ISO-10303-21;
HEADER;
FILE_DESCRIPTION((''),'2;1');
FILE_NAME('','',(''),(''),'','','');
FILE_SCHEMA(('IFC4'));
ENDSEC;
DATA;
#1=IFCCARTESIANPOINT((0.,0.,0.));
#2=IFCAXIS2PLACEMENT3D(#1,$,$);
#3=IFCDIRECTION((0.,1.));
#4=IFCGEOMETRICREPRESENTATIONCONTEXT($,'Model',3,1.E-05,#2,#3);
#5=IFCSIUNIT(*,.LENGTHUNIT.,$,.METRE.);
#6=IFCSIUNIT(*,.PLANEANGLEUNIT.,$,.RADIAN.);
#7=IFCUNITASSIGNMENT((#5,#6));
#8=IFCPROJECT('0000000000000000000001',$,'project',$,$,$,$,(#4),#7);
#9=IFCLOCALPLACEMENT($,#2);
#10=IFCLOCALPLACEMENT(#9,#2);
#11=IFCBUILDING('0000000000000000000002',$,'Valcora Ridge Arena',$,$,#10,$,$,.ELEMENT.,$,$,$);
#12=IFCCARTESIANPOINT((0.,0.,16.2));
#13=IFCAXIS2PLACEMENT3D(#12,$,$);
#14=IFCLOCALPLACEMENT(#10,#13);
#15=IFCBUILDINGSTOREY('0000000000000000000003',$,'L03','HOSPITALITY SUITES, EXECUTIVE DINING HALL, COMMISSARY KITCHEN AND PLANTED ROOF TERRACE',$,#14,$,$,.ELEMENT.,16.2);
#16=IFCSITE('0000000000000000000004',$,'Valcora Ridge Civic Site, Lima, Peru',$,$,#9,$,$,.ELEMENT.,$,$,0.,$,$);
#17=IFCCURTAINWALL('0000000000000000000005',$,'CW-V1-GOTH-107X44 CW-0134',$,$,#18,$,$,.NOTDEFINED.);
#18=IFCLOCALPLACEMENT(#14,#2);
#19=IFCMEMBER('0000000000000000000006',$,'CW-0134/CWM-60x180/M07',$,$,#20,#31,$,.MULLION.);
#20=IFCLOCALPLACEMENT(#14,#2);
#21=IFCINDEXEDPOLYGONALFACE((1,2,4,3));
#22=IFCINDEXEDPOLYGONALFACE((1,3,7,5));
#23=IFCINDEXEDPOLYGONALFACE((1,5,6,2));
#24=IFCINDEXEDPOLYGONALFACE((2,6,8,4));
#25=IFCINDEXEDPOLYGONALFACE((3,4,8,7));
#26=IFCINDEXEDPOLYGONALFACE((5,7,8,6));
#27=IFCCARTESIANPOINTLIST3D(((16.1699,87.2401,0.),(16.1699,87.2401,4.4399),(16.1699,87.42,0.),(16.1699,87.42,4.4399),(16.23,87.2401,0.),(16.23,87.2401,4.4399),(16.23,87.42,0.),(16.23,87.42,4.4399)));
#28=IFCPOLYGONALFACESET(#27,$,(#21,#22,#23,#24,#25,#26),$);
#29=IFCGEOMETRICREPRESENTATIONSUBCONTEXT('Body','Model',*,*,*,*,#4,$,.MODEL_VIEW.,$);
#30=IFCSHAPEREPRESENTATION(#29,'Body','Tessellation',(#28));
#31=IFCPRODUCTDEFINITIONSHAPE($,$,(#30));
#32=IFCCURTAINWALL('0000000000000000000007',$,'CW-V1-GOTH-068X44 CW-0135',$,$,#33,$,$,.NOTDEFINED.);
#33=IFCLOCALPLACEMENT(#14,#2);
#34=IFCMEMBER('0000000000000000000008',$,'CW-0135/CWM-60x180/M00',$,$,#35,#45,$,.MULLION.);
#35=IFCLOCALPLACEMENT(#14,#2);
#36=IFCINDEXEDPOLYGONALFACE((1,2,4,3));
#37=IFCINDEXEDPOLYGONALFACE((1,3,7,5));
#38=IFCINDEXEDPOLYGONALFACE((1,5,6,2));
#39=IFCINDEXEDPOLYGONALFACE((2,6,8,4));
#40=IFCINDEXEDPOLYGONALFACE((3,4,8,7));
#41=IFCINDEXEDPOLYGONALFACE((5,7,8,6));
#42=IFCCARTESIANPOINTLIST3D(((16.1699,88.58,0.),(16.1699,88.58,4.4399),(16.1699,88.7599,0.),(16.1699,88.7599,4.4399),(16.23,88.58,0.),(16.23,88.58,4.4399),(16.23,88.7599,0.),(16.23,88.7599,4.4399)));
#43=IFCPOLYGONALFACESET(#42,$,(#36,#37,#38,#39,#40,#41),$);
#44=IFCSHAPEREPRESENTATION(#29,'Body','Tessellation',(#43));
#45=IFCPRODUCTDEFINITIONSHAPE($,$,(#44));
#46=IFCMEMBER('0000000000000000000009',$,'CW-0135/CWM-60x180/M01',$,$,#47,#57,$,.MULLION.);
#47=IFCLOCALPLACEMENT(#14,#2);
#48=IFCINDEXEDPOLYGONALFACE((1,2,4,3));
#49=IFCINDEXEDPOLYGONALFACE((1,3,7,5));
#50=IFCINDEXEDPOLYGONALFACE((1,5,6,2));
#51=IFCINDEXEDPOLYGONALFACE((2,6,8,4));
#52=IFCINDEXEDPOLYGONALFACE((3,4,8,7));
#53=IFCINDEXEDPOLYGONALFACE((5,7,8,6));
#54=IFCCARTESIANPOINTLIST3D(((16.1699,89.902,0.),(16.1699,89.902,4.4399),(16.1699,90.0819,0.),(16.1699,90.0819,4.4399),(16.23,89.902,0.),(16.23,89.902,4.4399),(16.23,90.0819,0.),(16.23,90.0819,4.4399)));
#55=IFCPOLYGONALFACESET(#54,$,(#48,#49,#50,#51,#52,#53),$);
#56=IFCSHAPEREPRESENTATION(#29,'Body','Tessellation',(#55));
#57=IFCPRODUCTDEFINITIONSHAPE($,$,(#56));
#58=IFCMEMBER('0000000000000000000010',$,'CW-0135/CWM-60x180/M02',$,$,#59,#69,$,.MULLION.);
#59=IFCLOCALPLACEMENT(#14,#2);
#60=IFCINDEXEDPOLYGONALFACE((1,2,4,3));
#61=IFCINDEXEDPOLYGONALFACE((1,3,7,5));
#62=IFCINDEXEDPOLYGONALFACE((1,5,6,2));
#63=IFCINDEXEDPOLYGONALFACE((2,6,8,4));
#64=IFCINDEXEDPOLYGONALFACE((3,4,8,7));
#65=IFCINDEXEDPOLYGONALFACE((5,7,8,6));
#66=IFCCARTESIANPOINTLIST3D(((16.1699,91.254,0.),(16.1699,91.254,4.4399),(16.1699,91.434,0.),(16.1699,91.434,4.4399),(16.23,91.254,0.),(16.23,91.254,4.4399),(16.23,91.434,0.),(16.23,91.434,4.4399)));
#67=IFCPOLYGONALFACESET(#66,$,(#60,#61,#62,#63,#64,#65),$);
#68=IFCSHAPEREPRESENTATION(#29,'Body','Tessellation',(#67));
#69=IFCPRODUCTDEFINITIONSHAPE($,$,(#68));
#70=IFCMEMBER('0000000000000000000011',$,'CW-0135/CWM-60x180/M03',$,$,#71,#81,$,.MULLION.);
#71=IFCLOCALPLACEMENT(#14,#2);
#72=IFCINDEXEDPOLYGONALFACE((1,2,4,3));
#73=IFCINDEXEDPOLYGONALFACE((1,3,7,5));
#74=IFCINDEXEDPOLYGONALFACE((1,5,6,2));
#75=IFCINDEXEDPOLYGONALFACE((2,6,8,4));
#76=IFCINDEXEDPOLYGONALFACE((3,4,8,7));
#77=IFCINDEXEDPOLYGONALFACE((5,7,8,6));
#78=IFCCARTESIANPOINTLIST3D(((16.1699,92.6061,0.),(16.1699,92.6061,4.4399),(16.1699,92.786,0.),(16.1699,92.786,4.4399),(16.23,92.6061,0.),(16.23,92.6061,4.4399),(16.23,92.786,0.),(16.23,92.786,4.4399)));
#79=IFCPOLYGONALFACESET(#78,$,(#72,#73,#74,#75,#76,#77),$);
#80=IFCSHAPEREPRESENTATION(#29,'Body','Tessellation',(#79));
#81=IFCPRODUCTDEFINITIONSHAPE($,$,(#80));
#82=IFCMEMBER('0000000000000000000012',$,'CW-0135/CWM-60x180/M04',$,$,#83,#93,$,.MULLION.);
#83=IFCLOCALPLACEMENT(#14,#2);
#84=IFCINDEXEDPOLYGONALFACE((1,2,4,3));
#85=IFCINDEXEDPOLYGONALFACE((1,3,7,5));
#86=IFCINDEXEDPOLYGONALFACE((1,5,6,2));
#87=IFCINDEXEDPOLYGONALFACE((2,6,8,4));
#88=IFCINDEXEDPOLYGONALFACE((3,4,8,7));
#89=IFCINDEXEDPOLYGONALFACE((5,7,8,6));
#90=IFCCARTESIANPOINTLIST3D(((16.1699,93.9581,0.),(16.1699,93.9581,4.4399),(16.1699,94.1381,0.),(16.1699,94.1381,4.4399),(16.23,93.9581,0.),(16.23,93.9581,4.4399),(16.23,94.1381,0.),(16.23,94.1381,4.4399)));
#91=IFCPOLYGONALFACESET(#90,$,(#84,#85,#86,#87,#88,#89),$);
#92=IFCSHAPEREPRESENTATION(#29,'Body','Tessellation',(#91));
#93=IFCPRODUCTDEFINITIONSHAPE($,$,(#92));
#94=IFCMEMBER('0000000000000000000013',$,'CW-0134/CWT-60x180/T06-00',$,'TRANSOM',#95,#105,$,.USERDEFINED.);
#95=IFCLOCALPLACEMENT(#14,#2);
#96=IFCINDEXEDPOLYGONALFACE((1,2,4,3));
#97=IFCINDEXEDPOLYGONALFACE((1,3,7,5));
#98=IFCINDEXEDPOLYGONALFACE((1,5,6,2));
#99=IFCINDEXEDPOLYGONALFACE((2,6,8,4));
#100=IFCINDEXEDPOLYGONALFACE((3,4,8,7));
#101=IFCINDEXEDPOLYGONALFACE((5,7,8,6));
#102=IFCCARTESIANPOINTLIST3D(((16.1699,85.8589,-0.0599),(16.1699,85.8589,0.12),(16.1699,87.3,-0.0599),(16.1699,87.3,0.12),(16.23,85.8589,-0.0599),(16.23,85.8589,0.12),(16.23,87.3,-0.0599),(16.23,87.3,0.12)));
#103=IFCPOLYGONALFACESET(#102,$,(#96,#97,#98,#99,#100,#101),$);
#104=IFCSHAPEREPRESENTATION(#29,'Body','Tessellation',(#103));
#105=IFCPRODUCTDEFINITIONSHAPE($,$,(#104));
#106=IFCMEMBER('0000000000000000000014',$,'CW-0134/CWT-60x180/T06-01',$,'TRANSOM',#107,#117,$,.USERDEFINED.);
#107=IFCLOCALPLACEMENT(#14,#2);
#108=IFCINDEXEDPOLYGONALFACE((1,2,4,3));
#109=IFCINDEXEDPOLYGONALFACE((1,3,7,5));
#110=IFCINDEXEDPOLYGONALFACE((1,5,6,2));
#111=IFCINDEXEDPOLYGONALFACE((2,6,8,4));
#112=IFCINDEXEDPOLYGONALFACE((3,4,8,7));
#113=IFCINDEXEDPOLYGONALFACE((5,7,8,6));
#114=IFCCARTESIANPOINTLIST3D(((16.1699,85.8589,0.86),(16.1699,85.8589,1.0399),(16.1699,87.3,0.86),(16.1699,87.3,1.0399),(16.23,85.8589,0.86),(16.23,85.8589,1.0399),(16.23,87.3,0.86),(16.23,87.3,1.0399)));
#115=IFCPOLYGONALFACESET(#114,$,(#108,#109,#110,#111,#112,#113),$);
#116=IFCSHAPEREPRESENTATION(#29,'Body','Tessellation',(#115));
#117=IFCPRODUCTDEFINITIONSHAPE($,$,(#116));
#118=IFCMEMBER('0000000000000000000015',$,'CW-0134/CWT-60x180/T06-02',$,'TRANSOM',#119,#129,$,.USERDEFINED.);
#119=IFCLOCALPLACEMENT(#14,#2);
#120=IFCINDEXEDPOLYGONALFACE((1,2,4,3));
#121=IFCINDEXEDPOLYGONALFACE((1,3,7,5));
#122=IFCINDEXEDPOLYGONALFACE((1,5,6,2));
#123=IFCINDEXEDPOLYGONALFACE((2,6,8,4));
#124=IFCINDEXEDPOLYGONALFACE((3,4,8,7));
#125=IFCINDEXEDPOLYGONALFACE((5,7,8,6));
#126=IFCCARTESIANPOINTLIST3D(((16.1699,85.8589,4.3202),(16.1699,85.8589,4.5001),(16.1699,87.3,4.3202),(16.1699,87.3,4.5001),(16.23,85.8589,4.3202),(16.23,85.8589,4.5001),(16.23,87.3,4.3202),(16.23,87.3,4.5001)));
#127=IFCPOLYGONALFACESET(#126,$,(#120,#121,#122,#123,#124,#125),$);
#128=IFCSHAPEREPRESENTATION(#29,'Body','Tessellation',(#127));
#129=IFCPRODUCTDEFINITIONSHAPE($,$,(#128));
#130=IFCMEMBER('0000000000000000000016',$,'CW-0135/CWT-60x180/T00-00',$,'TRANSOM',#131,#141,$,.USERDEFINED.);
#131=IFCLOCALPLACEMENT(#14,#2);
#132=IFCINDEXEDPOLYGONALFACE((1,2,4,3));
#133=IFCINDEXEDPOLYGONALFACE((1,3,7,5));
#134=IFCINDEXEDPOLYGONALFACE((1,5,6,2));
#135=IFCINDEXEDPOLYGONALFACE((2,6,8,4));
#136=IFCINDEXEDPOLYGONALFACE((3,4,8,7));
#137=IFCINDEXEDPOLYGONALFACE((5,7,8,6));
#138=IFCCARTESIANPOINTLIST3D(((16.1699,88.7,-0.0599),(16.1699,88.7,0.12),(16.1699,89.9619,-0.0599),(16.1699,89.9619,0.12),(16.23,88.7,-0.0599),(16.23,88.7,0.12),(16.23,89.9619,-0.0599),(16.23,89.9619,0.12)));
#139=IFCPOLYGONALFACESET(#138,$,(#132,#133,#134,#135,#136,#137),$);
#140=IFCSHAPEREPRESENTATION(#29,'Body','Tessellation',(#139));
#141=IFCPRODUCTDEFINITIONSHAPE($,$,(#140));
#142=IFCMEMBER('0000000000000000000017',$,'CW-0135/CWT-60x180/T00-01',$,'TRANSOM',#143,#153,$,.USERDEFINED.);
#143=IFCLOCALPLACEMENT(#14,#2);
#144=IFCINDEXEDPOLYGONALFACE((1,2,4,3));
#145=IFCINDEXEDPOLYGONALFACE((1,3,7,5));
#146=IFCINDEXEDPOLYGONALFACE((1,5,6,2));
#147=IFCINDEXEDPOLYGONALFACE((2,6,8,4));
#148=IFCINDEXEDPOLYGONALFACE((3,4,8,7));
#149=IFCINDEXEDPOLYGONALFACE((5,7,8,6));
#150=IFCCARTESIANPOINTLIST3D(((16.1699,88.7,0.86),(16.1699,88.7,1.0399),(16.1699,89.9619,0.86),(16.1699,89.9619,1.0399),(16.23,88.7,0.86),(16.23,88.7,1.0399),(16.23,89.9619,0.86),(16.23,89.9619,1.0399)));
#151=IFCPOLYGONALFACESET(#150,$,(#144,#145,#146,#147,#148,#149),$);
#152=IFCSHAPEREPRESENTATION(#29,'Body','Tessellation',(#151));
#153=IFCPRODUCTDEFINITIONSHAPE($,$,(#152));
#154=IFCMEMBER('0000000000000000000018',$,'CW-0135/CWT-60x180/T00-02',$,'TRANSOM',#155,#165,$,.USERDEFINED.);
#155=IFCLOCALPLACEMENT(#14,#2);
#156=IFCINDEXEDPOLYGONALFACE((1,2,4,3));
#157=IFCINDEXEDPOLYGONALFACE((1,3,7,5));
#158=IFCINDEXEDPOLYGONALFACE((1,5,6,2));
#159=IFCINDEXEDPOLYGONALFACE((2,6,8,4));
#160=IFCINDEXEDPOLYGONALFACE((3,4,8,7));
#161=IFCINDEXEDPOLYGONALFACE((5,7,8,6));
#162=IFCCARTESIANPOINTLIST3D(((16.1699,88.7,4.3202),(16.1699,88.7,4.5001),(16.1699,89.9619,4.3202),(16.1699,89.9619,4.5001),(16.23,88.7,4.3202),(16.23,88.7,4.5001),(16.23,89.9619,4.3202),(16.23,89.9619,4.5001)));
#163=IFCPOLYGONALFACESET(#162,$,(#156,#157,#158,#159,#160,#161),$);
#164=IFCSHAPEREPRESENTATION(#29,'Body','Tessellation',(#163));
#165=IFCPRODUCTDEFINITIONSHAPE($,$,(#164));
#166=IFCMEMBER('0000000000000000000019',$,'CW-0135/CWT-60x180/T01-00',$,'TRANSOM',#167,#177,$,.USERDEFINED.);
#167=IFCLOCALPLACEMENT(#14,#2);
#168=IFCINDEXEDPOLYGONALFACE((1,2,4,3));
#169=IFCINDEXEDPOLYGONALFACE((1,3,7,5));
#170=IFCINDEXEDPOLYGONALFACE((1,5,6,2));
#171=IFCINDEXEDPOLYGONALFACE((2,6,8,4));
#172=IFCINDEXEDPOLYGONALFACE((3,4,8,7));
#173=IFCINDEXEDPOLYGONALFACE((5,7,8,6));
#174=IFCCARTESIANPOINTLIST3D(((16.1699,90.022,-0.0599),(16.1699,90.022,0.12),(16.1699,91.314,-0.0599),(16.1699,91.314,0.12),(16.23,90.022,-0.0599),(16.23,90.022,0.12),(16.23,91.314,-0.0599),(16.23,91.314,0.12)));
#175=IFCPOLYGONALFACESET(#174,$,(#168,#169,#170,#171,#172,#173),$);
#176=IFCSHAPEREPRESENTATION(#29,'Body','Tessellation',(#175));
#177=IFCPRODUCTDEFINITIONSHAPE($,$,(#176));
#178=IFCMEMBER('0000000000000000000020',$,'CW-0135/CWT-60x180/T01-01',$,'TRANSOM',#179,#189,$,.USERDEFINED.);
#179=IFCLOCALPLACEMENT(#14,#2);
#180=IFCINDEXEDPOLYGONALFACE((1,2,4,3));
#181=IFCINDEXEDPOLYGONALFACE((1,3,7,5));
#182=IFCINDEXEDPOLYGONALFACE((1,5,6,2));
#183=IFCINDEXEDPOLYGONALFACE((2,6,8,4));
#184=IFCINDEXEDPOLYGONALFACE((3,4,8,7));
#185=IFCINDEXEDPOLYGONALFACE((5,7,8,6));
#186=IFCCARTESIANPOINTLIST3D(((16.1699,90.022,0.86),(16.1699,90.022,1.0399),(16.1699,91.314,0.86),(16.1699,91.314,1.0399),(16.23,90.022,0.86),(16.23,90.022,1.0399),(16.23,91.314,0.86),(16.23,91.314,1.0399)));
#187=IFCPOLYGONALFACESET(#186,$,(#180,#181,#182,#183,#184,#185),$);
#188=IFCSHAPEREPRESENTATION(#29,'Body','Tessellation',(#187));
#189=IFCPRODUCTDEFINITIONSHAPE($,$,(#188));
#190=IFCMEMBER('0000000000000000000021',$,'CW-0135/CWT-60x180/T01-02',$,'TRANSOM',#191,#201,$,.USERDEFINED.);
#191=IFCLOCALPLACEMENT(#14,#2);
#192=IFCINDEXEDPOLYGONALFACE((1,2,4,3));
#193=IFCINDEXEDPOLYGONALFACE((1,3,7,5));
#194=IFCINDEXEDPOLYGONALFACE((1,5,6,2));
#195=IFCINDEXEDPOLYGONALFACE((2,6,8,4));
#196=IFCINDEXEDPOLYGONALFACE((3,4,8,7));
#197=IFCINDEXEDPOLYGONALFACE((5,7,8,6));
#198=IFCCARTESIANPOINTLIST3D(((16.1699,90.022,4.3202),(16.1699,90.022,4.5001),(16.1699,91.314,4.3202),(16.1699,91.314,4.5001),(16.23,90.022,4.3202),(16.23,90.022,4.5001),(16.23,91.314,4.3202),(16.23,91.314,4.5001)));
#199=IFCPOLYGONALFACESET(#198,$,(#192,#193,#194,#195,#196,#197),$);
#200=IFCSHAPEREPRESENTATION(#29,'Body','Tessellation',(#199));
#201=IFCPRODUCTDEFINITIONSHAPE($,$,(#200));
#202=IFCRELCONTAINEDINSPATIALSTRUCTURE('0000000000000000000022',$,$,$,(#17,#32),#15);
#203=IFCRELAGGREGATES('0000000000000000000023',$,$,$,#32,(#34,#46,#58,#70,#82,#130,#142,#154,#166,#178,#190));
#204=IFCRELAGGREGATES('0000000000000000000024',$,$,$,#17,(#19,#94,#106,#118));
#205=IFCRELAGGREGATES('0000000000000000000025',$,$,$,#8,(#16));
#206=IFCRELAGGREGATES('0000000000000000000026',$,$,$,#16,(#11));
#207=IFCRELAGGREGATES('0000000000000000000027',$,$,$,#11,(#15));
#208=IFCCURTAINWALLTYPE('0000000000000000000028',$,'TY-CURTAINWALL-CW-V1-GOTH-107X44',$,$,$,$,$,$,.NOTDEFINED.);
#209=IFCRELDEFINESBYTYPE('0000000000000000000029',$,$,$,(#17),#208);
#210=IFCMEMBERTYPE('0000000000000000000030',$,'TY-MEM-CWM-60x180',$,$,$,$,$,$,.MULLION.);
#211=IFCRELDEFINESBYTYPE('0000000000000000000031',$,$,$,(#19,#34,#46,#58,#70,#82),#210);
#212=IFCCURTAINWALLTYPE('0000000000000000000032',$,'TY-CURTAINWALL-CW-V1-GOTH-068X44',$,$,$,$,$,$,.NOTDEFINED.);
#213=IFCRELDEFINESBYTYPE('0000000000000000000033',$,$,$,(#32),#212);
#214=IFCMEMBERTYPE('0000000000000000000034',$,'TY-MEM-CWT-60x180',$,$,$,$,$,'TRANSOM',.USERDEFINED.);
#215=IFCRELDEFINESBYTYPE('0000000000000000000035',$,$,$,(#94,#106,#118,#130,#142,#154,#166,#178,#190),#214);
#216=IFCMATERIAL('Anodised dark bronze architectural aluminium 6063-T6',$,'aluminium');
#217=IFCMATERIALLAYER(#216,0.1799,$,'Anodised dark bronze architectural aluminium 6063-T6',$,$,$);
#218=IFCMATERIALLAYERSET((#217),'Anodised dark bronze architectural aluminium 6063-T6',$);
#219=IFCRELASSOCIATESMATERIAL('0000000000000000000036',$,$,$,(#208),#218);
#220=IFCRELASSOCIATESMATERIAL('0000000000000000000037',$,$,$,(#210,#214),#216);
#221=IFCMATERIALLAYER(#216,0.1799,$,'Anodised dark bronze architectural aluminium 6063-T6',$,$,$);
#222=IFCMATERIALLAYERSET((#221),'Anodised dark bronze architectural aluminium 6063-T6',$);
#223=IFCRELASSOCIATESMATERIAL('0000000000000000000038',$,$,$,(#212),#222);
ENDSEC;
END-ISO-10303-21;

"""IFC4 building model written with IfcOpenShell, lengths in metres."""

from ifc_helpers import new_model, si_unit, direction, frame, origin, origin_2d, place, context, subcontext, project, spatial, rectangle, extrude, material, layer, layer_set, material_profile, profile_set, type_object, element, aggregate, save


model = new_model("IFC4")

# Units and contexts
model_context = context("Model", 3, precision=1e-05, world=origin(), true_north=direction((0.0, 1.0)))
body_context = subcontext(model_context, "Body", "Model", "MODEL_VIEW")
ifc_project = project(units=[si_unit("LENGTHUNIT", "METRE"), si_unit("PLANEANGLEUNIT", "RADIAN")], contexts=[model_context])

# Site, building, storey
site_placement = place(None, origin())
site = spatial("IfcSite", under=ifc_project, at=site_placement, Name="Valcora Ridge Civic Site, Lima, Peru", CompositionType="ELEMENT", RefElevation=0.0)
building_placement = place(site_placement, origin())
building = spatial("IfcBuilding", under=site, at=building_placement, Name="Valcora Ridge Arena", CompositionType="ELEMENT")
storey_placement = place(building_placement, frame((0.0, 0.0, 16.2)))
storey = spatial("IfcBuildingStorey", under=building, at=storey_placement, Name="L03", Description="HOSPITALITY SUITES, EXECUTIVE DINING HALL, COMMISSARY KITCHEN AND PLANTED ROOF TERRACE", CompositionType="ELEMENT", Elevation=16.2)

# Curtain wall, member
ifc_material_1 = material(Name="Anodised dark bronze architectural aluminium 6063-T6", Category="aluminium")
ifc_layer_1 = layer(ifc_material_1, 0.1799, Name="Anodised dark bronze architectural aluminium 6063-T6")
ifc_layer_set_1 = layer_set([ifc_layer_1], Name="Anodised dark bronze architectural aluminium 6063-T6")
curtain_wall_type_1 = type_object("IfcCurtainWallType", Name="TY-CURTAINWALL-CW-V1-GOTH-107X44", PredefinedType="NOTDEFINED", material=ifc_layer_set_1)
curtain_wall_1_placement = place(storey_placement, origin())
curtain_wall_1 = element("IfcCurtainWall", 1, at=curtain_wall_1_placement, inside=storey, type_object=curtain_wall_type_1, Name="CW-V1-GOTH-107X44 CW-0134", PredefinedType="NOTDEFINED")
ifc_material_profile_1 = material_profile(ifc_material_1, rectangle(XDim=0.0601, YDim=0.1799, at=origin_2d()), Name="ALU MULLION 60x180")
ifc_profile_set_1 = profile_set([ifc_material_profile_1], Name="Anodised dark bronze architectural aluminium 6063-T6")
member_type_1 = type_object("IfcMemberType", Name="TY-MEM-CWM-60x180", PredefinedType="MULLION", material=ifc_profile_set_1)
member_1_placement = place(storey_placement, frame((16.2, 87.3301, 0.0), z_axis=(0.0, 0.0, 1.0), x_axis=(-1.0, 0.0, 0.0)))
member_1 = element("IfcMember", 2, at=member_1_placement, type_object=member_type_1, Name="CW-0134/CWM-60x180/M07", PredefinedType="MULLION", context=body_context, shape_type="SweptSolid", body=[
    extrude(rectangle(XDim=0.0601, YDim=0.1799, at=origin_2d()), origin(), (0.0, 0.0, 1.0), 4.4399),
])

# Curtain wall, members
ifc_layer_2 = layer(ifc_material_1, 0.1799, Name="Anodised dark bronze architectural aluminium 6063-T6")
ifc_layer_set_2 = layer_set([ifc_layer_2], Name="Anodised dark bronze architectural aluminium 6063-T6")
curtain_wall_type_2 = type_object("IfcCurtainWallType", Name="TY-CURTAINWALL-CW-V1-GOTH-068X44", PredefinedType="NOTDEFINED", material=ifc_layer_set_2)
curtain_wall_2_placement = place(storey_placement, origin())
curtain_wall_2 = element("IfcCurtainWall", 3, at=curtain_wall_2_placement, inside=storey, type_object=curtain_wall_type_2, Name="CW-V1-GOTH-068X44 CW-0135", PredefinedType="NOTDEFINED")
member_2_placement = place(storey_placement, frame((16.2, 88.6699, 0.0), z_axis=(0.0, 0.0, 1.0), x_axis=(-1.0, 0.0, 0.0)))
member_2 = element("IfcMember", 4, at=member_2_placement, type_object=member_type_1, Name="CW-0135/CWM-60x180/M00", PredefinedType="MULLION", context=body_context, shape_type="SweptSolid", body=[
    extrude(rectangle(XDim=0.0601, YDim=0.1799, at=origin_2d()), origin(), (0.0, 0.0, 1.0), 4.4399),
])
member_3_placement = place(storey_placement, frame((16.2, 89.9919, 0.0), z_axis=(0.0, 0.0, 1.0), x_axis=(-1.0, 0.0, 0.0)))
member_3 = element("IfcMember", 5, at=member_3_placement, type_object=member_type_1, Name="CW-0135/CWM-60x180/M01", PredefinedType="MULLION", context=body_context, shape_type="SweptSolid", body=[
    extrude(rectangle(XDim=0.0601, YDim=0.1799, at=origin_2d()), origin(), (0.0, 0.0, 1.0), 4.4399),
])
member_4_placement = place(storey_placement, frame((16.2, 91.344, 0.0), z_axis=(0.0, 0.0, 1.0), x_axis=(-1.0, 0.0, 0.0)))
member_4 = element("IfcMember", 6, at=member_4_placement, type_object=member_type_1, Name="CW-0135/CWM-60x180/M02", PredefinedType="MULLION", context=body_context, shape_type="SweptSolid", body=[
    extrude(rectangle(XDim=0.0601, YDim=0.1799, at=origin_2d()), origin(), (0.0, 0.0, 1.0), 4.4399),
])
member_5_placement = place(storey_placement, frame((16.2, 92.696, 0.0), z_axis=(0.0, 0.0, 1.0), x_axis=(-1.0, 0.0, 0.0)))
member_5 = element("IfcMember", 7, at=member_5_placement, type_object=member_type_1, Name="CW-0135/CWM-60x180/M03", PredefinedType="MULLION", context=body_context, shape_type="SweptSolid", body=[
    extrude(rectangle(XDim=0.0601, YDim=0.1799, at=origin_2d()), origin(), (0.0, 0.0, 1.0), 4.4399),
])
member_6_placement = place(storey_placement, frame((16.2, 94.0481, 0.0), z_axis=(0.0, 0.0, 1.0), x_axis=(-1.0, 0.0, 0.0)))
member_6 = element("IfcMember", 8, at=member_6_placement, type_object=member_type_1, Name="CW-0135/CWM-60x180/M04", PredefinedType="MULLION", context=body_context, shape_type="SweptSolid", body=[
    extrude(rectangle(XDim=0.0601, YDim=0.1799, at=origin_2d()), origin(), (0.0, 0.0, 1.0), 4.4399),
])

# Members
ifc_material_profile_2 = material_profile(ifc_material_1, rectangle(XDim=0.0601, YDim=0.1799, at=origin_2d()), Name="ALU TRANSOM 60x180")
ifc_profile_set_2 = profile_set([ifc_material_profile_2], Name="Anodised dark bronze architectural aluminium 6063-T6")
member_type_2 = type_object("IfcMemberType", Name="TY-MEM-CWT-60x180", ElementType="TRANSOM", PredefinedType="USERDEFINED", material=ifc_profile_set_2)
member_7_placement = place(storey_placement, frame((16.2, 85.8589, 0.03), z_axis=(0.0, 1.0, 0.0), x_axis=(-1.0, 0.0, 0.0)))
member_7 = element("IfcMember", 9, at=member_7_placement, type_object=member_type_2, Name="CW-0134/CWT-60x180/T06-00", ObjectType="TRANSOM", PredefinedType="USERDEFINED", context=body_context, shape_type="SweptSolid", body=[
    extrude(rectangle(XDim=0.0601, YDim=0.1799, at=origin_2d()), origin(), (0.0, 0.0, 1.0), 1.4412),
])
member_8_placement = place(storey_placement, frame((16.2, 85.8589, 0.95), z_axis=(0.0, 1.0, 0.0), x_axis=(-1.0, 0.0, 0.0)))
member_8 = element("IfcMember", 10, at=member_8_placement, type_object=member_type_2, Name="CW-0134/CWT-60x180/T06-01", ObjectType="TRANSOM", PredefinedType="USERDEFINED", context=body_context, shape_type="SweptSolid", body=[
    extrude(rectangle(XDim=0.0601, YDim=0.1799, at=origin_2d()), origin(), (0.0, 0.0, 1.0), 1.4412),
])
member_9_placement = place(storey_placement, frame((16.2, 85.8589, 4.4102), z_axis=(0.0, 1.0, 0.0), x_axis=(-1.0, 0.0, 0.0)))
member_9 = element("IfcMember", 11, at=member_9_placement, type_object=member_type_2, Name="CW-0134/CWT-60x180/T06-02", ObjectType="TRANSOM", PredefinedType="USERDEFINED", context=body_context, shape_type="SweptSolid", body=[
    extrude(rectangle(XDim=0.0601, YDim=0.1799, at=origin_2d()), origin(), (0.0, 0.0, 1.0), 1.4412),
])
member_10_placement = place(storey_placement, frame((16.2, 88.7, 0.03), z_axis=(0.0, 1.0, 0.0), x_axis=(-1.0, 0.0, 0.0)))
member_10 = element("IfcMember", 12, at=member_10_placement, type_object=member_type_2, Name="CW-0135/CWT-60x180/T00-00", ObjectType="TRANSOM", PredefinedType="USERDEFINED", context=body_context, shape_type="SweptSolid", body=[
    extrude(rectangle(XDim=0.0601, YDim=0.1799, at=origin_2d()), origin(), (0.0, 0.0, 1.0), 1.262),
])
member_11_placement = place(storey_placement, frame((16.2, 88.7, 0.95), z_axis=(0.0, 1.0, 0.0), x_axis=(-1.0, 0.0, 0.0)))
member_11 = element("IfcMember", 13, at=member_11_placement, type_object=member_type_2, Name="CW-0135/CWT-60x180/T00-01", ObjectType="TRANSOM", PredefinedType="USERDEFINED", context=body_context, shape_type="SweptSolid", body=[
    extrude(rectangle(XDim=0.0601, YDim=0.1799, at=origin_2d()), origin(), (0.0, 0.0, 1.0), 1.262),
])
member_12_placement = place(storey_placement, frame((16.2, 88.7, 4.4102), z_axis=(0.0, 1.0, 0.0), x_axis=(-1.0, 0.0, 0.0)))
member_12 = element("IfcMember", 14, at=member_12_placement, type_object=member_type_2, Name="CW-0135/CWT-60x180/T00-02", ObjectType="TRANSOM", PredefinedType="USERDEFINED", context=body_context, shape_type="SweptSolid", body=[
    extrude(rectangle(XDim=0.0601, YDim=0.1799, at=origin_2d()), origin(), (0.0, 0.0, 1.0), 1.262),
])
member_13_placement = place(storey_placement, frame((16.2, 90.022, 0.03), z_axis=(0.0, 1.0, 0.0), x_axis=(-1.0, 0.0, 0.0)))
member_13 = element("IfcMember", 15, at=member_13_placement, type_object=member_type_2, Name="CW-0135/CWT-60x180/T01-00", ObjectType="TRANSOM", PredefinedType="USERDEFINED", context=body_context, shape_type="SweptSolid", body=[
    extrude(rectangle(XDim=0.0601, YDim=0.1799, at=origin_2d()), origin(), (0.0, 0.0, 1.0), 1.292),
])
member_14_placement = place(storey_placement, frame((16.2, 90.022, 0.95), z_axis=(0.0, 1.0, 0.0), x_axis=(-1.0, 0.0, 0.0)))
member_14 = element("IfcMember", 16, at=member_14_placement, type_object=member_type_2, Name="CW-0135/CWT-60x180/T01-01", ObjectType="TRANSOM", PredefinedType="USERDEFINED", context=body_context, shape_type="SweptSolid", body=[
    extrude(rectangle(XDim=0.0601, YDim=0.1799, at=origin_2d()), origin(), (0.0, 0.0, 1.0), 1.292),
])
member_15_placement = place(storey_placement, frame((16.2, 90.022, 4.4102), z_axis=(0.0, 1.0, 0.0), x_axis=(-1.0, 0.0, 0.0)))
member_15 = element("IfcMember", 17, at=member_15_placement, type_object=member_type_2, Name="CW-0135/CWT-60x180/T01-02", ObjectType="TRANSOM", PredefinedType="USERDEFINED", context=body_context, shape_type="SweptSolid", body=[
    extrude(rectangle(XDim=0.0601, YDim=0.1799, at=origin_2d()), origin(), (0.0, 0.0, 1.0), 1.292),
])

aggregate(curtain_wall_2, [member_2, member_3, member_4, member_5, member_6, member_10, member_11, member_12, member_13, member_14, member_15])
aggregate(curtain_wall_1, [member_1, member_7, member_8, member_9])

save(model, "model.ifc")
